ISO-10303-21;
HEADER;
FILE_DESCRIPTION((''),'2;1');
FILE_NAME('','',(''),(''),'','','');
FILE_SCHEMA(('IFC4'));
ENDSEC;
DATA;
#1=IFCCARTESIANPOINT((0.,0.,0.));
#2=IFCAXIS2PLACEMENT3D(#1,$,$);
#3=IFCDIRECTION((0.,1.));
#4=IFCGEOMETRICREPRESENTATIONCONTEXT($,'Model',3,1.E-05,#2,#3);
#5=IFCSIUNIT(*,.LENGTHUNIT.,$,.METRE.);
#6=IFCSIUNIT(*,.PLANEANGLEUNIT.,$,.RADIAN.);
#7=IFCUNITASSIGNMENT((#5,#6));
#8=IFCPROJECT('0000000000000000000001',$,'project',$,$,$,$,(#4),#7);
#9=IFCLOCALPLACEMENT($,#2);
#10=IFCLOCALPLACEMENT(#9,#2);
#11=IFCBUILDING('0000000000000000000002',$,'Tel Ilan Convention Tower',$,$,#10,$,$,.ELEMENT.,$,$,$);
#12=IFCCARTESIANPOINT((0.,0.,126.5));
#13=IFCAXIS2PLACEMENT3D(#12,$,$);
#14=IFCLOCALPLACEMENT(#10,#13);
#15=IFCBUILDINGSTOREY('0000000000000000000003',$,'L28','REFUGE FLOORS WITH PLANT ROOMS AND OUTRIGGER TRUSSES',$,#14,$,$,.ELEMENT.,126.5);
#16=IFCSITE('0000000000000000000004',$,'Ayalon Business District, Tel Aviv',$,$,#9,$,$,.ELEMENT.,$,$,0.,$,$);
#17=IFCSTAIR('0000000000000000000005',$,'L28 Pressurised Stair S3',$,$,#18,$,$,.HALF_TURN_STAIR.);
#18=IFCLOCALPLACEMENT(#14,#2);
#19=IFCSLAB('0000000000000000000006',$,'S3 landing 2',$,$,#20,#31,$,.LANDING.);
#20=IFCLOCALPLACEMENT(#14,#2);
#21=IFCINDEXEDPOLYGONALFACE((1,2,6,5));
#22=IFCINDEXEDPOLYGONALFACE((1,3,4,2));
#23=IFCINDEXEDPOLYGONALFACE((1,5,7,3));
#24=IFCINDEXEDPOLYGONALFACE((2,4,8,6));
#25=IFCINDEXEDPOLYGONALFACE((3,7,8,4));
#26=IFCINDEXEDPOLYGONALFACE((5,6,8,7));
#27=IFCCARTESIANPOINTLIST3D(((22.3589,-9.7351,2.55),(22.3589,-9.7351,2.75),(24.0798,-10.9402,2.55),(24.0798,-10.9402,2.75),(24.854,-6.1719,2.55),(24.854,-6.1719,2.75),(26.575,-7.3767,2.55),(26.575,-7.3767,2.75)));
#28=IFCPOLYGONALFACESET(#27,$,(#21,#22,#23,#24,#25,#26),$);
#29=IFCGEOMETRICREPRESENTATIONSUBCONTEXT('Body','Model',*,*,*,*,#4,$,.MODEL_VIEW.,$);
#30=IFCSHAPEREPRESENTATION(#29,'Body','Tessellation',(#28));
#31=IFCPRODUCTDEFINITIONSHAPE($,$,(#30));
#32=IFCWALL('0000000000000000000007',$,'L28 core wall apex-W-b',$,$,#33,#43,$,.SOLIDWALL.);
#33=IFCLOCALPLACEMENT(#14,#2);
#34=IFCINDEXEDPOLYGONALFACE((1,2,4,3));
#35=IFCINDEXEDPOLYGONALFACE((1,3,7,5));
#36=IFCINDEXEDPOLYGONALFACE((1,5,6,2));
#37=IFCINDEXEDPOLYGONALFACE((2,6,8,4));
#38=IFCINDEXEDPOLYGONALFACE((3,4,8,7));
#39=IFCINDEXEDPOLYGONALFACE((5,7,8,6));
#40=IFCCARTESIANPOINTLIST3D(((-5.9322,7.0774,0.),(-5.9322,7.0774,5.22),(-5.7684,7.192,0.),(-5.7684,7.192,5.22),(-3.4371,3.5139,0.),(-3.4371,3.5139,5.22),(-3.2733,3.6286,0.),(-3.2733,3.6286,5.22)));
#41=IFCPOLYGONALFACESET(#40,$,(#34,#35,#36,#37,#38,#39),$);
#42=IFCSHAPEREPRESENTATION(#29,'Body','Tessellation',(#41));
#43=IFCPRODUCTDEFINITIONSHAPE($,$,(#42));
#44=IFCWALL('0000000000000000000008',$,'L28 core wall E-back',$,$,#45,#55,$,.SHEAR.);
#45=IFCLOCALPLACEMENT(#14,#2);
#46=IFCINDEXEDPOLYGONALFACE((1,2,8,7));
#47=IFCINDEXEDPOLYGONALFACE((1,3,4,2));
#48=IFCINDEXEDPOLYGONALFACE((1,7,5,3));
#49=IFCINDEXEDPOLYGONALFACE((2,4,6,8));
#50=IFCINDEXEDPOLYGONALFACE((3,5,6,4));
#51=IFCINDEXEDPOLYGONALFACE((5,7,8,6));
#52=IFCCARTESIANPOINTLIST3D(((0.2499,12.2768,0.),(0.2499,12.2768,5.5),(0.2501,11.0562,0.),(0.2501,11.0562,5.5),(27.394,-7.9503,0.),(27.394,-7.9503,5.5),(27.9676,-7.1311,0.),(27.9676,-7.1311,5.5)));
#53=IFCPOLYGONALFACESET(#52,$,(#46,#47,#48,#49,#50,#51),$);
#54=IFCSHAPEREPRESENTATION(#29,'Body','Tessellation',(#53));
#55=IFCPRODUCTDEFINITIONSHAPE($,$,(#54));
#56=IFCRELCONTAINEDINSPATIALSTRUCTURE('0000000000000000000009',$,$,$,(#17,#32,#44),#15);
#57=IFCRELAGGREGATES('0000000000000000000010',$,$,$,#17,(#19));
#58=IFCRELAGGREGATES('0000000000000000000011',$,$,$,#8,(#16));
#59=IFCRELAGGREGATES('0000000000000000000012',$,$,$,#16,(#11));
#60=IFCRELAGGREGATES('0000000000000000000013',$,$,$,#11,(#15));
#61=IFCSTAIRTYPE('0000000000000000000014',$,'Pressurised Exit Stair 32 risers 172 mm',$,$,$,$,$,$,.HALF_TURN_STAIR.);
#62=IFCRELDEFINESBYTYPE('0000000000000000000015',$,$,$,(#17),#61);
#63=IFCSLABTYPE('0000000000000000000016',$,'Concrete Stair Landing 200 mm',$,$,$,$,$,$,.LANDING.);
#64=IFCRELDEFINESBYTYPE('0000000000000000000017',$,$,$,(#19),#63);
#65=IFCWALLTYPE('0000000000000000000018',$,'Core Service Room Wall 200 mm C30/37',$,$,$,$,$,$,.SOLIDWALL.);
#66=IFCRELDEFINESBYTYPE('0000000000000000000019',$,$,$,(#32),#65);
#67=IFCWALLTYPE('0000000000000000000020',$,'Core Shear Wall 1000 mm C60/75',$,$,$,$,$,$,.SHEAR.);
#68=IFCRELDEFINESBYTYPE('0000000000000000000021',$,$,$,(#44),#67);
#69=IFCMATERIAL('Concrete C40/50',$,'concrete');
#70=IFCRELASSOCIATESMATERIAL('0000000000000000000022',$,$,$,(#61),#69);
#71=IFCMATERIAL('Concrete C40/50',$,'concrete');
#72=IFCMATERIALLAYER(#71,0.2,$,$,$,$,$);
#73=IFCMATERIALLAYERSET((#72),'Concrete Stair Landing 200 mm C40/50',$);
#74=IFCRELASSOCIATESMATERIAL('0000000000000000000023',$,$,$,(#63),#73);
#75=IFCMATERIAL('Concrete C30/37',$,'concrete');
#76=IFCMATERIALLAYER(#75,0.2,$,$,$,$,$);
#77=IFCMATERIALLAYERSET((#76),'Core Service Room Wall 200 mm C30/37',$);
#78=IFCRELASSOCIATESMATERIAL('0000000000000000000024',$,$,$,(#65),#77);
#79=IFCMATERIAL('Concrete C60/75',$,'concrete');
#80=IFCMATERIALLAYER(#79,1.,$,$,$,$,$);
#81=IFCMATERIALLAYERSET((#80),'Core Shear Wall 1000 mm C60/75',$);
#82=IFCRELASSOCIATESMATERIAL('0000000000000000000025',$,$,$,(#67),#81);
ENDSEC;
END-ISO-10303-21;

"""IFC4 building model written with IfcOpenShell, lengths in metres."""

from ifc_helpers import new_model, si_unit, direction, frame, frame_2d, origin, place, context, subcontext, project, spatial, polyline, rectangle, outline, extrude, material, layer, layer_set, type_object, element, aggregate, save


model = new_model("IFC4")

# Units and contexts
model_context = context("Model", 3, precision=1e-05, world=origin(), true_north=direction((0.0, 1.0)))
body_context = subcontext(model_context, "Body", "Model", "MODEL_VIEW")
ifc_project = project(units=[si_unit("LENGTHUNIT", "METRE"), si_unit("PLANEANGLEUNIT", "RADIAN")], contexts=[model_context])

# Site, building, storey
site_placement = place(None, origin())
site = spatial("IfcSite", under=ifc_project, at=site_placement, Name="Ayalon Business District, Tel Aviv", CompositionType="ELEMENT", RefElevation=0.0)
building_placement = place(site_placement, origin())
building = spatial("IfcBuilding", under=site, at=building_placement, Name="Tel Ilan Convention Tower", CompositionType="ELEMENT")
storey_placement = place(building_placement, frame((0.0, 0.0, 126.5)))
storey = spatial("IfcBuildingStorey", under=building, at=storey_placement, Name="L28", Description="REFUGE FLOORS WITH PLANT ROOMS AND OUTRIGGER TRUSSES", CompositionType="ELEMENT", Elevation=126.5)

# Stair, slab
ifc_material_1 = material(Name="Concrete C40/50", Category="concrete")
stair_type = type_object("IfcStairType", Name="Pressurised Exit Stair 32 risers 172 mm", PredefinedType="HALF_TURN_STAIR", material=ifc_material_1)
stair_placement = place(storey_placement, origin())
stair = element("IfcStair", 1, at=stair_placement, inside=storey, type_object=stair_type, Name="L28 Pressurised Stair S3", PredefinedType="HALF_TURN_STAIR")
ifc_material_2 = material(Name="Concrete C40/50", Category="concrete")
ifc_layer_1 = layer(ifc_material_2, 0.2)
ifc_layer_set_1 = layer_set([ifc_layer_1], Name="Concrete Stair Landing 200 mm C40/50")
slab_type = type_object("IfcSlabType", Name="Concrete Stair Landing 200 mm", PredefinedType="LANDING", material=ifc_layer_set_1)
slab_placement = place(storey_placement, frame((0.0, 0.0, 2.55)))
slab = element("IfcSlab", 2, at=slab_placement, type_object=slab_type, Name="S3 landing 2", PredefinedType="LANDING", context=body_context, shape_type="SweptSolid", body=[
    extrude(outline(polyline([(26.575, -7.3767), (24.854, -6.1719), (22.3589, -9.7351), (24.0798, -10.9402), (26.575, -7.3767)])), origin(), (0.0, 0.0, 1.0), 0.2),
])
aggregate(stair, [slab])

# Walls
ifc_material_3 = material(Name="Concrete C30/37", Category="concrete")
ifc_layer_2 = layer(ifc_material_3, 0.2)
ifc_layer_set_2 = layer_set([ifc_layer_2], Name="Core Service Room Wall 200 mm C30/37")
wall_type_1 = type_object("IfcWallType", Name="Core Service Room Wall 200 mm C30/37", PredefinedType="SOLIDWALL", material=ifc_layer_set_2)
wall_1_placement = place(storey_placement, frame((-3.3552, 3.5713, 0.0), z_axis=(0.0, 0.0, 1.0), x_axis=(-0.573568, 0.819158, 0.0)))
element("IfcWall", 3, at=wall_1_placement, inside=storey, type_object=wall_type_1, Name="L28 core wall apex-W-b", PredefinedType="SOLIDWALL", context=body_context, shape_type="SweptSolid", body=[
    extrude(rectangle(XDim=4.3501, YDim=0.2, at=frame_2d((2.175, 0.0))), origin(), (0.0, 0.0, 1.0), 5.22),
])
ifc_material_4 = material(Name="Concrete C60/75", Category="concrete")
ifc_layer_3 = layer(ifc_material_4, 1.0)
ifc_layer_set_3 = layer_set([ifc_layer_3], Name="Core Shear Wall 1000 mm C60/75")
wall_type_2 = type_object("IfcWallType", Name="Core Shear Wall 1000 mm C60/75", PredefinedType="SHEAR", material=ifc_layer_set_3)
wall_2_placement = place(storey_placement, frame((-0.0369, 11.8672, 0.0), z_axis=(0.0, 0.0, 1.0), x_axis=(0.819155, -0.573572, 0.0)))
element("IfcWall", 4, at=wall_2_placement, inside=storey, type_object=wall_type_2, Name="L28 core wall E-back", PredefinedType="SHEAR", context=body_context, shape_type="SweptSolid", body=[
    extrude(outline(polyline([(33.8369, 0.5), (0.0, 0.5), (0.7002, -0.4998), (33.8369, -0.5), (33.8369, 0.5)])), origin(), (0.0, 0.0, 1.0), 5.5),
])

save(model, "model.ifc")
